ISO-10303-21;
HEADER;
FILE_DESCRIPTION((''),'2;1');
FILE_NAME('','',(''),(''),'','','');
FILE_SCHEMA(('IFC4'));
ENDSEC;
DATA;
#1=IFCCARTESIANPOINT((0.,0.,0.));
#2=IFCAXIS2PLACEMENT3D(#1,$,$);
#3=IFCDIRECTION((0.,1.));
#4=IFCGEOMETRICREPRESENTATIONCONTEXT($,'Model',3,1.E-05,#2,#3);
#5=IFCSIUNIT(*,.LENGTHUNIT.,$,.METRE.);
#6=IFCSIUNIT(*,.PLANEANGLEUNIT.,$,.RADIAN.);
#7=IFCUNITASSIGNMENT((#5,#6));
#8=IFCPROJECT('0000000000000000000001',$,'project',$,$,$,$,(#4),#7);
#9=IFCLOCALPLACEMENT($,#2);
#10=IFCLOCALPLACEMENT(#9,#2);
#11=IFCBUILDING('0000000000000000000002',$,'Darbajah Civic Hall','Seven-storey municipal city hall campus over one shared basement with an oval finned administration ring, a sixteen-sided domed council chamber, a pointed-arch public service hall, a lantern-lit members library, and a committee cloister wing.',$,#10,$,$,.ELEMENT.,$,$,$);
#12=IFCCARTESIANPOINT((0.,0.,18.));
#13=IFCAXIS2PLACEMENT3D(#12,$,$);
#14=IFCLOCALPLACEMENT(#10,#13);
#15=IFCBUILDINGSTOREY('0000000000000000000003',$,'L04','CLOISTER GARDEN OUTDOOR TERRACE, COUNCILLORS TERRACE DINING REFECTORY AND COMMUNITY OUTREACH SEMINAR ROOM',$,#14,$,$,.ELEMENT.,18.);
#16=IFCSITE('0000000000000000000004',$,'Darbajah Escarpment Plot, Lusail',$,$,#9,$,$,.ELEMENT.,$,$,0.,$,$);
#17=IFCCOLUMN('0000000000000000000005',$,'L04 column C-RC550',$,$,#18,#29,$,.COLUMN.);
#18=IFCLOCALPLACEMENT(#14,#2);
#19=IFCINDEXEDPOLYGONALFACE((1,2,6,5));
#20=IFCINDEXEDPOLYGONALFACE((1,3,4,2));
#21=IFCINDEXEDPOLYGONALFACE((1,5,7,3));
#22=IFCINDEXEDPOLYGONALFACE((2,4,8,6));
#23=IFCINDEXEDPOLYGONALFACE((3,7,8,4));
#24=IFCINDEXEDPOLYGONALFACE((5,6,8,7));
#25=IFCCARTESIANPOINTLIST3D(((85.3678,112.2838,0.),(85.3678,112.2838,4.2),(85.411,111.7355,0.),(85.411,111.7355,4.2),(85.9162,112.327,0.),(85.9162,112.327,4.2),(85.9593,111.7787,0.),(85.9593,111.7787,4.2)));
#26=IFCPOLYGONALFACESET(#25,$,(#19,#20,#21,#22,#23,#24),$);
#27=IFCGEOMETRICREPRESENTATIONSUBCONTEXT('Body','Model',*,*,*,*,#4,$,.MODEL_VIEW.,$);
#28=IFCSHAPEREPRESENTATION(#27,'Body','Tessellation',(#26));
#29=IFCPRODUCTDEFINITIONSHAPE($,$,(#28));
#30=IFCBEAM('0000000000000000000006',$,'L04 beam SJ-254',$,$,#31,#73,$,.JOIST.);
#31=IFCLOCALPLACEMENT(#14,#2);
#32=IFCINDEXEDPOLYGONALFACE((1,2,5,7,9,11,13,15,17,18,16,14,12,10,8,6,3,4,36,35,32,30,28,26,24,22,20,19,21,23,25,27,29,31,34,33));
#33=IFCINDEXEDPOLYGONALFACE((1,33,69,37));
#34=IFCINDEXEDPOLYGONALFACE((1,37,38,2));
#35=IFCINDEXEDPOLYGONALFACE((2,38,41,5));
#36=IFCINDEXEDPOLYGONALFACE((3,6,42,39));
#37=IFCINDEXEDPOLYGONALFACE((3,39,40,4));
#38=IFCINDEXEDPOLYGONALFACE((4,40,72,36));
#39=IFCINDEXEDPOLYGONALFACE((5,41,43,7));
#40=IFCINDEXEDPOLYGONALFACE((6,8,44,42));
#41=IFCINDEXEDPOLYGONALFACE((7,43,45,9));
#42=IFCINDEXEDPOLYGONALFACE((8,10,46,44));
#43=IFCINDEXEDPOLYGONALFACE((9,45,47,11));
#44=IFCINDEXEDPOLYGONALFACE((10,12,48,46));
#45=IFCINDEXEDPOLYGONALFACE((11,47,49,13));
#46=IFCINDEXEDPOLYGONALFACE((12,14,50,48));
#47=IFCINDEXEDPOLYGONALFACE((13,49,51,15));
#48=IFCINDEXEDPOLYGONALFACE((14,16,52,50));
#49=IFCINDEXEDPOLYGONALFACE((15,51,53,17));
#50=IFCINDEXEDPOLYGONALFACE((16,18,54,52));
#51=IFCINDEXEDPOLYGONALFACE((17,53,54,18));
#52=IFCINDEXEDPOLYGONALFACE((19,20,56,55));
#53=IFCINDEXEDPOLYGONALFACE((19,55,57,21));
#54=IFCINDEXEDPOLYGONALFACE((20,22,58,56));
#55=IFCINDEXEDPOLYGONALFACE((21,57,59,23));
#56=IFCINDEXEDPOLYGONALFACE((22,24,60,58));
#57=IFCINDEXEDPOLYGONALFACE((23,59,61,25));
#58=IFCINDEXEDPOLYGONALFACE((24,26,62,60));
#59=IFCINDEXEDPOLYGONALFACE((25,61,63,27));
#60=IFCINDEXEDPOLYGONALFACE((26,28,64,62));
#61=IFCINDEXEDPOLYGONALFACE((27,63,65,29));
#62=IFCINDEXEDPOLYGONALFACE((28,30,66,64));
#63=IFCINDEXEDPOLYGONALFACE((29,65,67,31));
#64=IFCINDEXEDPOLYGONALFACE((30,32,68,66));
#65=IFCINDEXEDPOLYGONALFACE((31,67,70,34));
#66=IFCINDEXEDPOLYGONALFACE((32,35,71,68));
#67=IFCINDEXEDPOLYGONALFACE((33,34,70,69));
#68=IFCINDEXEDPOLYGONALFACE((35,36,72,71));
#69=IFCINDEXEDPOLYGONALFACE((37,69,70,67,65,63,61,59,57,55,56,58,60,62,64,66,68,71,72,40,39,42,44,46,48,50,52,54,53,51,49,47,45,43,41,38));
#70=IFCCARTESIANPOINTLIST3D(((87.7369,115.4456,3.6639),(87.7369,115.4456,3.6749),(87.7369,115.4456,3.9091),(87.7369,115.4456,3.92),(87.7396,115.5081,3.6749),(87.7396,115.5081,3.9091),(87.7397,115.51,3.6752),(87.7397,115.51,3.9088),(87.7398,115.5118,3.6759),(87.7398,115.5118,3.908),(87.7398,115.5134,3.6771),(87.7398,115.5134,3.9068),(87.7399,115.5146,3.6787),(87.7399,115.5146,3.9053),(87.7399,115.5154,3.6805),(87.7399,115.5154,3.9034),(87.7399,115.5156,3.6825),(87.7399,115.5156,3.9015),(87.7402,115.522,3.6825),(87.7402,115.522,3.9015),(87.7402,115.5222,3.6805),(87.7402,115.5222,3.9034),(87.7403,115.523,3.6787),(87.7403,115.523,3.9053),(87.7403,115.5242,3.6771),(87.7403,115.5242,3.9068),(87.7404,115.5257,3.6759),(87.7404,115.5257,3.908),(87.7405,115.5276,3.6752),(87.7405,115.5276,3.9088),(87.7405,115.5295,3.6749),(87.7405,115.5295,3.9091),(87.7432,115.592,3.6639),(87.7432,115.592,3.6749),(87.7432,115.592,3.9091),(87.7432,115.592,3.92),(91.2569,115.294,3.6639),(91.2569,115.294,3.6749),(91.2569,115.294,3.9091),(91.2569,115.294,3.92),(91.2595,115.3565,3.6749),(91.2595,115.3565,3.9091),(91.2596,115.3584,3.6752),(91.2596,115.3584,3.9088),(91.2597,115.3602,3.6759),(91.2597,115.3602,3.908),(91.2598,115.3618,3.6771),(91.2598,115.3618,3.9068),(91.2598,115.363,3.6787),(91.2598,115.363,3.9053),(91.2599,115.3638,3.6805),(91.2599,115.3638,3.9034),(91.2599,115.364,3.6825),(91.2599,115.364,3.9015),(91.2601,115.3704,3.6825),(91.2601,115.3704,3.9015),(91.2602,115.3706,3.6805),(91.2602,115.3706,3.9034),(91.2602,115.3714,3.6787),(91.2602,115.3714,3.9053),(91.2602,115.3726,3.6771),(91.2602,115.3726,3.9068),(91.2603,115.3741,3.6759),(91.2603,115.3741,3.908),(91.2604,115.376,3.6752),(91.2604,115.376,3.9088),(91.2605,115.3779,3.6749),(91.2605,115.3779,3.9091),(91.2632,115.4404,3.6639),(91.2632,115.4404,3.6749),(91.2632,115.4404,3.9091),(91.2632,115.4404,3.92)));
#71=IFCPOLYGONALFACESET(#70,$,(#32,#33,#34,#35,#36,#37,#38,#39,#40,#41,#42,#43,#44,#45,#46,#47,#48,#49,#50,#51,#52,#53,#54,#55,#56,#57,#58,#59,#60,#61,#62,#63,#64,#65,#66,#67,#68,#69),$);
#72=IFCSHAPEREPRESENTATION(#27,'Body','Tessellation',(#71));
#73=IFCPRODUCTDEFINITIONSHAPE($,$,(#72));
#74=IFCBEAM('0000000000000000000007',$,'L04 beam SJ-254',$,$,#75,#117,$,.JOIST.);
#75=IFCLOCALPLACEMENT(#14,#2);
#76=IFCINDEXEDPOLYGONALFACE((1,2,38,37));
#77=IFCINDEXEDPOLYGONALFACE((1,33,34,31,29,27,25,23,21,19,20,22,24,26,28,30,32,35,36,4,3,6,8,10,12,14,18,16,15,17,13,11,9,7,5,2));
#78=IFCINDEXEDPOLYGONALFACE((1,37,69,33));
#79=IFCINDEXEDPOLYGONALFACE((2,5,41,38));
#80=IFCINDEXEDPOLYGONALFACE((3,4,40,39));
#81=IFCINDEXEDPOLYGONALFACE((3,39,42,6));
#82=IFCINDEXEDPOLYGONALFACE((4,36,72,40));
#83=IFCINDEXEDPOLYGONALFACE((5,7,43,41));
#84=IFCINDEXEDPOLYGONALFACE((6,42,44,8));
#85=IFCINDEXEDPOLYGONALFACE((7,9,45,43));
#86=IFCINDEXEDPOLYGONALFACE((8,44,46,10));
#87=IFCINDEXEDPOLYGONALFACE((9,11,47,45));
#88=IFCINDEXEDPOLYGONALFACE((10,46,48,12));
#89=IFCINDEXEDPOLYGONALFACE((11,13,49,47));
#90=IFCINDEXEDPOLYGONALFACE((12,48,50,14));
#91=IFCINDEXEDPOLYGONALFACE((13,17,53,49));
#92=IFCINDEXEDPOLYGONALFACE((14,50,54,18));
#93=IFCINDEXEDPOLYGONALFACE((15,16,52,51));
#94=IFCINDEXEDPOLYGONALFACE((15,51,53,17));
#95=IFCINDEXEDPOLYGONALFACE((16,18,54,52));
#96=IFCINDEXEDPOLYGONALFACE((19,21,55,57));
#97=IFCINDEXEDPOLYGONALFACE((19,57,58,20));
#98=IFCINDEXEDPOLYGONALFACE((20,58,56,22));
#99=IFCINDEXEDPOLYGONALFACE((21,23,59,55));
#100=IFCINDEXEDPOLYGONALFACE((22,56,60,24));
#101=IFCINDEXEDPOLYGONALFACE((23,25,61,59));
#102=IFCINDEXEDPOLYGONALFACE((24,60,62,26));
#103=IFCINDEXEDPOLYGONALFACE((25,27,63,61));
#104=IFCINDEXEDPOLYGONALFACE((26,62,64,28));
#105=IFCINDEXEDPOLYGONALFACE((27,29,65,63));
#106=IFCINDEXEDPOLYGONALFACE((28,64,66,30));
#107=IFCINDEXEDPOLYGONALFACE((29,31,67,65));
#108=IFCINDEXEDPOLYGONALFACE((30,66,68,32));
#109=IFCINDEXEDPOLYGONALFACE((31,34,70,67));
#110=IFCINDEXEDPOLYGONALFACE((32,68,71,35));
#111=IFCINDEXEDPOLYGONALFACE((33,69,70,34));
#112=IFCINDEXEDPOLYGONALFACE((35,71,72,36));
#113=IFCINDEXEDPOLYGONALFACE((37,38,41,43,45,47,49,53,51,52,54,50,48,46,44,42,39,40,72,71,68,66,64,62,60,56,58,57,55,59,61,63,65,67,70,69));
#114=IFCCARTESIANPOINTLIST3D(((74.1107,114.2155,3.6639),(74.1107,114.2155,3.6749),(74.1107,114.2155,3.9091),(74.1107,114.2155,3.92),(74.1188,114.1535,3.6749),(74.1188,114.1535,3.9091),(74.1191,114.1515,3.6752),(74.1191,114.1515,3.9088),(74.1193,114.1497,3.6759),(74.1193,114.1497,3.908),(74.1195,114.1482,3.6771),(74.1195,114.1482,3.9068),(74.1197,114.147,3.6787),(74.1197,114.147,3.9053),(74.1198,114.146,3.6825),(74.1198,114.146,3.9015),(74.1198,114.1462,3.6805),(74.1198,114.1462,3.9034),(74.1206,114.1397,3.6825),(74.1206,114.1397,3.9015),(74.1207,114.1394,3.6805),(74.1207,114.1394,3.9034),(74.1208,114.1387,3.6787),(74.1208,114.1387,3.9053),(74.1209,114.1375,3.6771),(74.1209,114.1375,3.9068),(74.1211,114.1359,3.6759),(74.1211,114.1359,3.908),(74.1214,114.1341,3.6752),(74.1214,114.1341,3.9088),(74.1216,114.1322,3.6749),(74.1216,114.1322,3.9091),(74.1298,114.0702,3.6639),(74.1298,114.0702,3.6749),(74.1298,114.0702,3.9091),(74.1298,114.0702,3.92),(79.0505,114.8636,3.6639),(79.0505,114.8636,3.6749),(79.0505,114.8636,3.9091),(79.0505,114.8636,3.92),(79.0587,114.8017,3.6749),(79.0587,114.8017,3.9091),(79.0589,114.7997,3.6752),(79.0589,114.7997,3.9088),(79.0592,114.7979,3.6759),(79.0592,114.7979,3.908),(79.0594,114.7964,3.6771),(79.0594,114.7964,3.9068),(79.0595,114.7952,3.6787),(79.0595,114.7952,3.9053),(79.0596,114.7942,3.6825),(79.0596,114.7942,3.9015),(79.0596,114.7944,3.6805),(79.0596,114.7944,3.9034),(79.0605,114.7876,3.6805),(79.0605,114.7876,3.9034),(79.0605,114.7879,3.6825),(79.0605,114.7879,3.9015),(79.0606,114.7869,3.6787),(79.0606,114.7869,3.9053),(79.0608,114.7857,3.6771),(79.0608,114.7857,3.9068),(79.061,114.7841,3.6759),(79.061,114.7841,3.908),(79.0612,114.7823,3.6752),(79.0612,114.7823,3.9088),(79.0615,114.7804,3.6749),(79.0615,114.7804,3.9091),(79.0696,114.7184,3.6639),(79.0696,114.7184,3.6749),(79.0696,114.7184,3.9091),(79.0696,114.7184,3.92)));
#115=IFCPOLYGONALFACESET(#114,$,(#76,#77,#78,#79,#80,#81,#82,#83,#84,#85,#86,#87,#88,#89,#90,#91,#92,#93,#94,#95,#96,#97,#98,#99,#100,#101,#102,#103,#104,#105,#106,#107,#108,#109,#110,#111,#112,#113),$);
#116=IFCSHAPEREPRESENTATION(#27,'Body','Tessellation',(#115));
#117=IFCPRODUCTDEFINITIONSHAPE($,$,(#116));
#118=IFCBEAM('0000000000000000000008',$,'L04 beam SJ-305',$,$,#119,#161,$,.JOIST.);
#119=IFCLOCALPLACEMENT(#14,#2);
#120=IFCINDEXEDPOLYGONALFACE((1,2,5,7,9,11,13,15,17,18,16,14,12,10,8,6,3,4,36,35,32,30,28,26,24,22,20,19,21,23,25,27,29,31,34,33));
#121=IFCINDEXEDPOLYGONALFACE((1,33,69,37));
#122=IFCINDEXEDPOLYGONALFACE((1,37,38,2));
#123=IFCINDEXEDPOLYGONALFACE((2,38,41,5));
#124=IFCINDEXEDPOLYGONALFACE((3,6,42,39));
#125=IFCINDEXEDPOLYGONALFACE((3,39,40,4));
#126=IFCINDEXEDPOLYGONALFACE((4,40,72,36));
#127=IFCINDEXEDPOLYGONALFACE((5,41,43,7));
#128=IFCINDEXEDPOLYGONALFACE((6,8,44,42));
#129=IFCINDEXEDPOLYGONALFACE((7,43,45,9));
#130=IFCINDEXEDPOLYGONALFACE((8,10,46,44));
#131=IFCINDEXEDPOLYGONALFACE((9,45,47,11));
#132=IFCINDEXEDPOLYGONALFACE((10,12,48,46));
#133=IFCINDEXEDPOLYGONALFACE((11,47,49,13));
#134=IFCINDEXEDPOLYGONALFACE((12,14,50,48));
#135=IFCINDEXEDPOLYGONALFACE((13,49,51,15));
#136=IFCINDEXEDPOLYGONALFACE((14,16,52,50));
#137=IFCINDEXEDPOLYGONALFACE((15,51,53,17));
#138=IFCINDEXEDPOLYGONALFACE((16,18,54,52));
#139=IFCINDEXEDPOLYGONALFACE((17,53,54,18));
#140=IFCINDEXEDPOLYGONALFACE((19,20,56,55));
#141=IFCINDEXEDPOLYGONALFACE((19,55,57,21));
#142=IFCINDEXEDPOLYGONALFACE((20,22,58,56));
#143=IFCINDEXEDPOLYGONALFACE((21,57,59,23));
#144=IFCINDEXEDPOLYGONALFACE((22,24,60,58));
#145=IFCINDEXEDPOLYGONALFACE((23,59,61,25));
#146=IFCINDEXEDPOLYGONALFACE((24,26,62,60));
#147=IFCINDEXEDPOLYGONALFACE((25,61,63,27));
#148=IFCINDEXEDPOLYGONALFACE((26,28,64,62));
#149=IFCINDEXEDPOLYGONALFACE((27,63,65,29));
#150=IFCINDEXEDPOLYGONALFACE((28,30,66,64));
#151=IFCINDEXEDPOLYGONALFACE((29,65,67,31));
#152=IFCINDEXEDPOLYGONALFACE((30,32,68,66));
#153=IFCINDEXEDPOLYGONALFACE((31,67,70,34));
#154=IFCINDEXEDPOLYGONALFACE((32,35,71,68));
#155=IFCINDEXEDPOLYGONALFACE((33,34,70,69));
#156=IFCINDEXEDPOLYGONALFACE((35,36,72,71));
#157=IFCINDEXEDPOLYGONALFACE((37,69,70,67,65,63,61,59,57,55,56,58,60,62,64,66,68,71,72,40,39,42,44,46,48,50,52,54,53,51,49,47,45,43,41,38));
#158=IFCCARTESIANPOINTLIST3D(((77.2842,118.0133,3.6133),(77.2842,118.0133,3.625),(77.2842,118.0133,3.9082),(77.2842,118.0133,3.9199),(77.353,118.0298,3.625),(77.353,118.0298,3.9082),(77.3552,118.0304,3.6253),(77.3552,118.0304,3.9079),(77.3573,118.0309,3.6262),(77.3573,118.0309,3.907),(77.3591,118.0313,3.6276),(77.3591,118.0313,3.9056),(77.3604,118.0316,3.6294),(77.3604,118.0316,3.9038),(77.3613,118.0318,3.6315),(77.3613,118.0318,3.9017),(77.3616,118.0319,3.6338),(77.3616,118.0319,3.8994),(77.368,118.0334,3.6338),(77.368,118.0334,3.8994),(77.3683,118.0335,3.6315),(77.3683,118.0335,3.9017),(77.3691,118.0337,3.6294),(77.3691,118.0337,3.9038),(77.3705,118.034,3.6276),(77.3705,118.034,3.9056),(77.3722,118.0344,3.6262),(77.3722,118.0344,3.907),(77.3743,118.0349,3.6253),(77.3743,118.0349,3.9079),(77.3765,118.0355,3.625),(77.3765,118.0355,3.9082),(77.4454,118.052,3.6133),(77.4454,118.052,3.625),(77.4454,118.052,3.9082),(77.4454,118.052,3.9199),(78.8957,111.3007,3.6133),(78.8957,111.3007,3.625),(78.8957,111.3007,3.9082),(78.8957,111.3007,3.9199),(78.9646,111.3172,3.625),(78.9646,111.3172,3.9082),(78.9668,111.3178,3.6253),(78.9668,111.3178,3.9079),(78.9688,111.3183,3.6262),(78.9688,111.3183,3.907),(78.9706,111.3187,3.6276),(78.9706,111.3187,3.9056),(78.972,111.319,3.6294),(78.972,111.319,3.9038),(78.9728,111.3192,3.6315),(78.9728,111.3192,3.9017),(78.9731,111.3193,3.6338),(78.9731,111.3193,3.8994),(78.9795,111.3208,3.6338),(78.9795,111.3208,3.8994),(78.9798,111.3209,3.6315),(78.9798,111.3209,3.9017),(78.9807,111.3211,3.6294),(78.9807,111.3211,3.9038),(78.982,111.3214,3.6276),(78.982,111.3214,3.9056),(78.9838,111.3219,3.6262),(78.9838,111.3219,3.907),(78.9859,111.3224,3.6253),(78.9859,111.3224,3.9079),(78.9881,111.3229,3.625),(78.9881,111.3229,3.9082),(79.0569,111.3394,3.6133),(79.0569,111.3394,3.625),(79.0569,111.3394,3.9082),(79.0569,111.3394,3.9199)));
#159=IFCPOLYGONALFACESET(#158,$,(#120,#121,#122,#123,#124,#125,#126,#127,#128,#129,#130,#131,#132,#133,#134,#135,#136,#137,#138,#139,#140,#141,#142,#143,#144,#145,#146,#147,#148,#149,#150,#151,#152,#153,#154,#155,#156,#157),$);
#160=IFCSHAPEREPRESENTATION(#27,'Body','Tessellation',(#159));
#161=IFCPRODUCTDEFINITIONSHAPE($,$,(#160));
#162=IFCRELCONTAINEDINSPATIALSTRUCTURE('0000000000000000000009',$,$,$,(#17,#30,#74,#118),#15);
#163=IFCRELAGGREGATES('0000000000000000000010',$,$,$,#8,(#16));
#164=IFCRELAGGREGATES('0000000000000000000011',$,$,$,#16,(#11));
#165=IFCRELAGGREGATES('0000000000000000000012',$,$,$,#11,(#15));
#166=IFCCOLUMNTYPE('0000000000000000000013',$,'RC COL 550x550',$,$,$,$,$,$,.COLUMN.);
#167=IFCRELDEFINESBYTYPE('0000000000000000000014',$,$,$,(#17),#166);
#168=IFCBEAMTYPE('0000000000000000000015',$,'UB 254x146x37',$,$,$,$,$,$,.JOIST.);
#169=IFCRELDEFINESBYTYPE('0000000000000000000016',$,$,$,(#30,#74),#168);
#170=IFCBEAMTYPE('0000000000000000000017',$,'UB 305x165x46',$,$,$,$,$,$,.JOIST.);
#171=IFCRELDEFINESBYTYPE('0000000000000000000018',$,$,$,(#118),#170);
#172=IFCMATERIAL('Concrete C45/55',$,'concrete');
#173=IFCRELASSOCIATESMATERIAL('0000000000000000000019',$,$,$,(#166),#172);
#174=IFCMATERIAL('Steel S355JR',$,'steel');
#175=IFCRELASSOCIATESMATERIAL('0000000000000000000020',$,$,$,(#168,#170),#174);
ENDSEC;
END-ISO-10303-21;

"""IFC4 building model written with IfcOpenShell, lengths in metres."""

from ifc_helpers import new_model, si_unit, direction, frame, origin, origin_2d, place, context, subcontext, project, spatial, rectangle, i_section, extrude, material, material_profile, profile_set, type_object, element, save


model = new_model("IFC4")

# Units and contexts
model_context = context("Model", 3, precision=1e-05, world=origin(), true_north=direction((0.0, 1.0)))
body_context = subcontext(model_context, "Body", "Model", "MODEL_VIEW")
ifc_project = project(units=[si_unit("LENGTHUNIT", "METRE"), si_unit("PLANEANGLEUNIT", "RADIAN")], contexts=[model_context])

# Site, building, storey
site_placement = place(None, origin())
site = spatial("IfcSite", under=ifc_project, at=site_placement, Name="Darbajah Escarpment Plot, Lusail", CompositionType="ELEMENT", RefElevation=0.0)
building_placement = place(site_placement, origin())
building = spatial("IfcBuilding", under=site, at=building_placement, Name="Darbajah Civic Hall", Description="Seven-storey municipal city hall campus over one shared basement with an oval finned administration ring, a sixteen-sided domed council chamber, a pointed-arch public service hall, a lantern-lit members library, and a committee cloister wing.", CompositionType="ELEMENT")
storey_placement = place(building_placement, frame((0.0, 0.0, 18.0)))
storey = spatial("IfcBuildingStorey", under=building, at=storey_placement, Name="L04", Description="CLOISTER GARDEN OUTDOOR TERRACE, COUNCILLORS TERRACE DINING REFECTORY AND COMMUNITY OUTREACH SEMINAR ROOM", CompositionType="ELEMENT", Elevation=18.0)

# Column
ifc_material_1 = material(Name="Concrete C45/55", Category="concrete")
ifc_material_profile_1 = material_profile(ifc_material_1, rectangle(XDim=0.55, YDim=0.55, at=origin_2d()), Name="RC COL 550x550")
ifc_profile_set_1 = profile_set([ifc_material_profile_1], Name="Concrete C45/55")
column_type = type_object("IfcColumnType", Name="RC COL 550x550", PredefinedType="COLUMN", material=ifc_profile_set_1)
column_placement = place(storey_placement, frame((85.6636, 112.0312, 0.0), z_axis=(0.0, 0.0, 1.0), x_axis=(-0.078459, 0.996917, 0.0)))
element("IfcColumn", 1, at=column_placement, inside=storey, type_object=column_type, Name="L04 column C-RC550", PredefinedType="COLUMN", context=body_context, shape_type="SweptSolid", body=[
    extrude(rectangle(XDim=0.55, YDim=0.55, at=origin_2d()), origin(), (0.0, 0.0, 1.0), 4.2),
])

# Beams
ifc_material_2 = material(Name="Steel S355JR", Category="steel")
ifc_material_profile_2 = material_profile(ifc_material_2, i_section(OverallWidth=0.1465, OverallDepth=0.2561, WebThickness=0.0063, FlangeThickness=0.011, FilletRadius=0.0076, at=origin_2d()), Name="UB 254x146x37")
ifc_profile_set_2 = profile_set([ifc_material_profile_2], Name="Steel S355JR")
beam_type_1 = type_object("IfcBeamType", Name="UB 254x146x37", PredefinedType="JOIST", material=ifc_profile_set_2)
beam_1_placement = place(storey_placement, frame((91.26, 115.3672, 3.792), z_axis=(-0.999074, 0.043031, 0.0), x_axis=(-0.043031, -0.999074, 0.0)))
element("IfcBeam", 2, at=beam_1_placement, inside=storey, type_object=beam_type_1, Name="L04 beam SJ-254", PredefinedType="JOIST", context=body_context, shape_type="SweptSolid", body=[
    extrude(i_section(OverallWidth=0.1465, OverallDepth=0.2561, WebThickness=0.0063, FlangeThickness=0.011, FilletRadius=0.0076, at=origin_2d()), origin(), (0.0, 0.0, 1.0), 3.5232),
])
beam_2_placement = place(storey_placement, frame((79.0601, 114.791, 3.792), z_axis=(-0.991501, -0.1301, 0.0), x_axis=(0.1301, -0.991501, 0.0)))
element("IfcBeam", 3, at=beam_2_placement, inside=storey, type_object=beam_type_1, Name="L04 beam SJ-254", PredefinedType="JOIST", context=body_context, shape_type="SweptSolid", body=[
    extrude(i_section(OverallWidth=0.1465, OverallDepth=0.2561, WebThickness=0.0063, FlangeThickness=0.011, FilletRadius=0.0076, at=origin_2d()), origin(), (0.0, 0.0, 1.0), 4.9822),
])
ifc_material_profile_3 = material_profile(ifc_material_2, i_section(OverallWidth=0.1658, OverallDepth=0.3066, WebThickness=0.0066, FlangeThickness=0.0117, FilletRadius=0.0088, at=origin_2d()), Name="UB 305x165x46")
ifc_profile_set_3 = profile_set([ifc_material_profile_3], Name="Steel S355JR")
beam_type_2 = type_object("IfcBeamType", Name="UB 305x165x46", PredefinedType="JOIST", material=ifc_profile_set_3)
beam_3_placement = place(storey_placement, frame((78.9763, 111.3201, 3.7666), z_axis=(-0.233447, 0.97237, 0.0), x_axis=(-0.97237, -0.233447, 0.0)))
element("IfcBeam", 4, at=beam_3_placement, inside=storey, type_object=beam_type_2, Name="L04 beam SJ-305", PredefinedType="JOIST", context=body_context, shape_type="SweptSolid", body=[
    extrude(i_section(OverallWidth=0.1658, OverallDepth=0.3066, WebThickness=0.0066, FlangeThickness=0.0117, FilletRadius=0.0088, at=origin_2d()), origin(), (0.0, 0.0, 1.0), 6.9033),
])

save(model, "model.ifc")
